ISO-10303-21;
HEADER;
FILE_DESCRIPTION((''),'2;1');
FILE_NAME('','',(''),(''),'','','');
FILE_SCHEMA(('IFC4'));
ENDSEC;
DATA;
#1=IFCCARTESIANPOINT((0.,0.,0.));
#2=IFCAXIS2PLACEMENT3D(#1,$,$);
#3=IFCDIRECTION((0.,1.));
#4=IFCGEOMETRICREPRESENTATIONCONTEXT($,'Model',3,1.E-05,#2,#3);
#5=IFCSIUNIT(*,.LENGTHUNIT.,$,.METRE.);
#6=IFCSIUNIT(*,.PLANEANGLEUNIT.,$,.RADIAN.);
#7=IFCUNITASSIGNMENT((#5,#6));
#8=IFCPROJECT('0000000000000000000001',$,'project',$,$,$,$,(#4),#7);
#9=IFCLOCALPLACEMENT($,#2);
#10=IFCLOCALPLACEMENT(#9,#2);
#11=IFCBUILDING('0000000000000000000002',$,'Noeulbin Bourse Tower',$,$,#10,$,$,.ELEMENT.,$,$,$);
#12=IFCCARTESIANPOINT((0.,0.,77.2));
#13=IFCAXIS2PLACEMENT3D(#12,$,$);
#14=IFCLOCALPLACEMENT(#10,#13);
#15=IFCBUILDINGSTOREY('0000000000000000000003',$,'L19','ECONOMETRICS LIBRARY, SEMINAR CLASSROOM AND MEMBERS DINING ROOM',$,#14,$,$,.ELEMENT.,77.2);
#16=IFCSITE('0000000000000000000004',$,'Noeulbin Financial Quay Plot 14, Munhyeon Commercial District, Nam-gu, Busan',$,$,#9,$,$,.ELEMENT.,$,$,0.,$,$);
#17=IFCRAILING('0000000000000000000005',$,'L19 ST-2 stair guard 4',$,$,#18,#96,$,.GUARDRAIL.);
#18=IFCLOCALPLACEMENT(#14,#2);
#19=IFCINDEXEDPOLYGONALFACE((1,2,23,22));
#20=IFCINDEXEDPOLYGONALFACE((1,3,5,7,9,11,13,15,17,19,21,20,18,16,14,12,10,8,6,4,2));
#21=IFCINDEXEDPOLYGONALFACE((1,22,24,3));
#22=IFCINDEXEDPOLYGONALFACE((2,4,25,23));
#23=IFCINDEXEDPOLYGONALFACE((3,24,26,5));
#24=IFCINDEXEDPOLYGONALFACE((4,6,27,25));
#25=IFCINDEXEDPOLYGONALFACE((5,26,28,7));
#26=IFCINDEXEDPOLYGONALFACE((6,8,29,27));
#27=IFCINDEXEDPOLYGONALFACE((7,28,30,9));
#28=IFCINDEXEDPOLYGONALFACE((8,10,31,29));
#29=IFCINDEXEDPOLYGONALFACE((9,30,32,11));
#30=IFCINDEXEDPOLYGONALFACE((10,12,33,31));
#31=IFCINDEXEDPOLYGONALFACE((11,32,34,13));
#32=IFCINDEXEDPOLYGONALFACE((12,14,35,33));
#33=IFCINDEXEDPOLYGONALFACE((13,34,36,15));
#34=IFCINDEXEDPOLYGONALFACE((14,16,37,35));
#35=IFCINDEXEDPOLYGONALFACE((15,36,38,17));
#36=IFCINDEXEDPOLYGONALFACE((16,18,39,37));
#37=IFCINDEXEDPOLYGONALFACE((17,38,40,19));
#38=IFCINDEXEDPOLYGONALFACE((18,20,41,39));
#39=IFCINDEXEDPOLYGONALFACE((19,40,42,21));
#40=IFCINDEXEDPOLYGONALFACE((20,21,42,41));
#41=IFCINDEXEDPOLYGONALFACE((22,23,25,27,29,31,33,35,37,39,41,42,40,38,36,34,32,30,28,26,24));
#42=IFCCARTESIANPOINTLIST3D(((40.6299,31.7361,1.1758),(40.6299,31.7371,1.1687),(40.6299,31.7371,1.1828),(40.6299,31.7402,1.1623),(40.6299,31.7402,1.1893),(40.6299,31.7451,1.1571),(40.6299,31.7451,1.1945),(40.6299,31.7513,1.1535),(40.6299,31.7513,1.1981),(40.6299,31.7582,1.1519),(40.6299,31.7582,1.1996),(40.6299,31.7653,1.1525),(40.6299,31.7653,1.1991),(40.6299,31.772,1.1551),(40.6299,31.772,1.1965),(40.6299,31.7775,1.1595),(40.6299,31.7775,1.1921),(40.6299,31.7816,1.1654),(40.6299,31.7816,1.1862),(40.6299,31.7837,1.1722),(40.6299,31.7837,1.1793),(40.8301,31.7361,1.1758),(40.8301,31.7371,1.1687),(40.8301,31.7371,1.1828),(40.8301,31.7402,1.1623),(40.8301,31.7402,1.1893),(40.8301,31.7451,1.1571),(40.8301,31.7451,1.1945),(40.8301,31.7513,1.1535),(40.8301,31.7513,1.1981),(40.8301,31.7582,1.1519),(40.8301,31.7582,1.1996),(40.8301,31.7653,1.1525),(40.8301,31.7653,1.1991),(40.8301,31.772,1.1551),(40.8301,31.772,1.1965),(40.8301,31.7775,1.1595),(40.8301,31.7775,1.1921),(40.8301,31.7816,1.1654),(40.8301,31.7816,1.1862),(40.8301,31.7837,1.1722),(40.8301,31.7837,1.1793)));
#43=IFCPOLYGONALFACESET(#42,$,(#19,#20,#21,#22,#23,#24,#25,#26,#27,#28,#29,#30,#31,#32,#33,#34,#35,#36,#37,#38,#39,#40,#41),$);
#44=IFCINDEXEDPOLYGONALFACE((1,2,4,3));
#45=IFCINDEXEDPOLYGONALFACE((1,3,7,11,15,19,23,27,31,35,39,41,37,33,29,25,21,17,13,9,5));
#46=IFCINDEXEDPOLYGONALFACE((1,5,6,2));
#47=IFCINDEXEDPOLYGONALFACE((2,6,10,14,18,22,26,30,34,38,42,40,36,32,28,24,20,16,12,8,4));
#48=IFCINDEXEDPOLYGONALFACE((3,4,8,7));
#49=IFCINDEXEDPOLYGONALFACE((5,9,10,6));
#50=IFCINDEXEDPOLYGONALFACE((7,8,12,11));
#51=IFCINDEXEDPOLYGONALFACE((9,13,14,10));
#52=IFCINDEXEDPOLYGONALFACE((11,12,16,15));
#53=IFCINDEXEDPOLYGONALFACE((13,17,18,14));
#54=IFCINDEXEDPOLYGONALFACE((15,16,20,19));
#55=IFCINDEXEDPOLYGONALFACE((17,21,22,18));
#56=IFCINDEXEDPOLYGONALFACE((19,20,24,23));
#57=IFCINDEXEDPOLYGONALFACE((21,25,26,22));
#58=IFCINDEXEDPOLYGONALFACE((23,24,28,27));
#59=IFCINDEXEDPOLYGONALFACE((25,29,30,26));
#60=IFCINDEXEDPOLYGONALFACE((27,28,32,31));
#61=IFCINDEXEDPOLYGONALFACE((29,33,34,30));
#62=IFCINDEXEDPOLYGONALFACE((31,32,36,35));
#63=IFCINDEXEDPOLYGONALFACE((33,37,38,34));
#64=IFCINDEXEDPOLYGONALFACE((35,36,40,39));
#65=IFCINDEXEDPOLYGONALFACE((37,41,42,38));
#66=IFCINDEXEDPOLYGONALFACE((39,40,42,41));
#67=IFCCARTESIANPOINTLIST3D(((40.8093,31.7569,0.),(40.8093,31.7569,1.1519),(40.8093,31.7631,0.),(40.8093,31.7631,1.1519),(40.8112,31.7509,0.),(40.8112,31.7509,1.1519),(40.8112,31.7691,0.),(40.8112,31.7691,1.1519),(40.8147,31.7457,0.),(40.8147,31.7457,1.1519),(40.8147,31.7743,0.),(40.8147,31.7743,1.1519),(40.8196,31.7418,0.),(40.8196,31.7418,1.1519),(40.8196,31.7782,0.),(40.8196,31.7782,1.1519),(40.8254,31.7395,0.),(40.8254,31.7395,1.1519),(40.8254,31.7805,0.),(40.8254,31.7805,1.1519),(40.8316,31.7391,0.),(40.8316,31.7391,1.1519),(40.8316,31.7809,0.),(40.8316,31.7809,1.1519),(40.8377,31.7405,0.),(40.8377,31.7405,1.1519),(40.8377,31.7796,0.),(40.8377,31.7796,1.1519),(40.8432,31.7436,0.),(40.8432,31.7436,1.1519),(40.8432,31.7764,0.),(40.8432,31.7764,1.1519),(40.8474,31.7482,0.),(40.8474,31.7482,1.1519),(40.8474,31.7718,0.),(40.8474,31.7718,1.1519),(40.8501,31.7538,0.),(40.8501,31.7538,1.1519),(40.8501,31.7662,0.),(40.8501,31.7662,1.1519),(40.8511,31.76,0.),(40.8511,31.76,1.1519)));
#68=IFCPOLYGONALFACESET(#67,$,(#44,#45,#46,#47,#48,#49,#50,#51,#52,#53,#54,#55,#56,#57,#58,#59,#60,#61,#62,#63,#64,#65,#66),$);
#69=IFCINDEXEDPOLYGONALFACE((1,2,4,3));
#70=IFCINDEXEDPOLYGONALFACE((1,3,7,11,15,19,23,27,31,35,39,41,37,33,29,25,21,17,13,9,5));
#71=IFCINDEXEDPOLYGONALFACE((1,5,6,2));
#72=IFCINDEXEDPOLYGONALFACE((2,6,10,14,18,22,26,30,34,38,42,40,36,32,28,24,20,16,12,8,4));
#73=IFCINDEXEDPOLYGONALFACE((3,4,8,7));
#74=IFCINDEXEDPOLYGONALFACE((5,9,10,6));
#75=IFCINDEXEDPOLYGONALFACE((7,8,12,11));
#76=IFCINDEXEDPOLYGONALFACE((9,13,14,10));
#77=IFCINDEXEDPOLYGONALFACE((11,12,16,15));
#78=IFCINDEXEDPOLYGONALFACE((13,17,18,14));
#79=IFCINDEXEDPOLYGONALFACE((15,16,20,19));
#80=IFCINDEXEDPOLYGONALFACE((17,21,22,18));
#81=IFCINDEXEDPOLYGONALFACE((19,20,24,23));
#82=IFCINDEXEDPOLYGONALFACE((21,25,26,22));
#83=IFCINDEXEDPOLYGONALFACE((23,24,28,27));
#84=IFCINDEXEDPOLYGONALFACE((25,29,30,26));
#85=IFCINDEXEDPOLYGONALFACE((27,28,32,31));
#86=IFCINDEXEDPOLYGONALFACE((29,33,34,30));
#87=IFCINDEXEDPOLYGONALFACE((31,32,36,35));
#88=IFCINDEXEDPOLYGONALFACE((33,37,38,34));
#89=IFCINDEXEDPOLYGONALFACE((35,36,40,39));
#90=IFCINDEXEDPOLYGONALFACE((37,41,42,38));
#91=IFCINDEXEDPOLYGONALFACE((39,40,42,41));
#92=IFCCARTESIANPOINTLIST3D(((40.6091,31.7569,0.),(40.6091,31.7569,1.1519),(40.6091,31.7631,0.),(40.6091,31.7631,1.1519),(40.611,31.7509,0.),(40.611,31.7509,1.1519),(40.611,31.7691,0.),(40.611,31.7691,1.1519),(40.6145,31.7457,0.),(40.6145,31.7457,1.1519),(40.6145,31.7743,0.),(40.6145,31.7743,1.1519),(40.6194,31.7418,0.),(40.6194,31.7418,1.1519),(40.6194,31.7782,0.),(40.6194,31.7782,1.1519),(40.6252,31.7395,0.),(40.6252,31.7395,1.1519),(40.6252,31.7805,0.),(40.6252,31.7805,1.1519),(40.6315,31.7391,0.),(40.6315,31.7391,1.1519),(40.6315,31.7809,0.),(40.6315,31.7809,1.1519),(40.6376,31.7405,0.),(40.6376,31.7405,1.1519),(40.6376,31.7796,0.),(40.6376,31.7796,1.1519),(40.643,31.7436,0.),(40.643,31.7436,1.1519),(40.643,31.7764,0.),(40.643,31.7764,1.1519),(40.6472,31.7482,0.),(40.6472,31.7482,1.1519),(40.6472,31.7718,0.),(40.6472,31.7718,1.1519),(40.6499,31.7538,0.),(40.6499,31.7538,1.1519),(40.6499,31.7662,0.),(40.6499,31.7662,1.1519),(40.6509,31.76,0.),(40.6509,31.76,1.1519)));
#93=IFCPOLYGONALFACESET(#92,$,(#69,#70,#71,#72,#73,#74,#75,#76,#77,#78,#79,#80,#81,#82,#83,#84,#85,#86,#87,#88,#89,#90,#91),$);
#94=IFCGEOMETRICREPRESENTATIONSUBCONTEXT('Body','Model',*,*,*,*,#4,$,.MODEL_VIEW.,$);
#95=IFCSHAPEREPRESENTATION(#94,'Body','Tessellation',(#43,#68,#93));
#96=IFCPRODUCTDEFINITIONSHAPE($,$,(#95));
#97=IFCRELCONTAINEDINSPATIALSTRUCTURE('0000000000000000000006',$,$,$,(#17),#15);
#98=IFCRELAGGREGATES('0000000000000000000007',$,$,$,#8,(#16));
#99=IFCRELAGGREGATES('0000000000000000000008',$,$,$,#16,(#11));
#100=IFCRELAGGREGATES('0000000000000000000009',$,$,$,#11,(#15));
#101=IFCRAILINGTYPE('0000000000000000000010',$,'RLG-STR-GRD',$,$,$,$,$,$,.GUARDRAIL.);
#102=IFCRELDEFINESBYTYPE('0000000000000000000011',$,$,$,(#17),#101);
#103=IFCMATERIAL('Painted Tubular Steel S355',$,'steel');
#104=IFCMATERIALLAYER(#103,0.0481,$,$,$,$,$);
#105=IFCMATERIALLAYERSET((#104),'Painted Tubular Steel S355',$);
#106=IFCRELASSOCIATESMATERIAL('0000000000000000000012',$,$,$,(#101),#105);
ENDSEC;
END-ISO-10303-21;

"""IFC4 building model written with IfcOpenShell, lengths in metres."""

from ifc_helpers import new_model, si_unit, direction, frame, origin, origin_2d, place, context, subcontext, project, spatial, circle, extrude, material, layer, layer_set, type_object, element, save


model = new_model("IFC4")

# Units and contexts
model_context = context("Model", 3, precision=1e-05, world=origin(), true_north=direction((0.0, 1.0)))
body_context = subcontext(model_context, "Body", "Model", "MODEL_VIEW")
ifc_project = project(units=[si_unit("LENGTHUNIT", "METRE"), si_unit("PLANEANGLEUNIT", "RADIAN")], contexts=[model_context])

# Site, building, storey
site_placement = place(None, origin())
site = spatial("IfcSite", under=ifc_project, at=site_placement, Name="Noeulbin Financial Quay Plot 14, Munhyeon Commercial District, Nam-gu, Busan", CompositionType="ELEMENT", RefElevation=0.0)
building_placement = place(site_placement, origin())
building = spatial("IfcBuilding", under=site, at=building_placement, Name="Noeulbin Bourse Tower", CompositionType="ELEMENT")
storey_placement = place(building_placement, frame((0.0, 0.0, 77.2)))
storey = spatial("IfcBuildingStorey", under=building, at=storey_placement, Name="L19", Description="ECONOMETRICS LIBRARY, SEMINAR CLASSROOM AND MEMBERS DINING ROOM", CompositionType="ELEMENT", Elevation=77.2)

# Railing
ifc_material_1 = material(Name="Painted Tubular Steel S355", Category="steel")
ifc_layer_1 = layer(ifc_material_1, 0.0481)
ifc_layer_set_1 = layer_set([ifc_layer_1], Name="Painted Tubular Steel S355")
railing_type_1 = type_object("IfcRailingType", Name="RLG-STR-GRD", PredefinedType="GUARDRAIL", material=ifc_layer_set_1)
railing_1_placement = place(storey_placement, frame((40.8301, 31.76, 0.0)))
element("IfcRailing", 1, at=railing_1_placement, inside=storey, type_object=railing_type_1, Name="L19 ST-2 stair guard 4", PredefinedType="GUARDRAIL", context=body_context, shape_type="SweptSolid", body=[
    extrude(circle(Radius=0.0239, at=origin_2d()), frame((0.0, 0.0, 1.1758), z_axis=(-1.0, 0.0, 0.0), x_axis=(0.0, -1.0, 0.0)), (0.0, 0.0, 1.0), 0.2002),
    extrude(circle(Radius=0.021, at=origin_2d()), origin(), (0.0, 0.0, 1.0), 1.1519),
    extrude(circle(Radius=0.021, at=origin_2d()), frame((-0.2002, 0.0, 0.0)), (0.0, 0.0, 1.0), 1.1519),
])

save(model, "model.ifc")
